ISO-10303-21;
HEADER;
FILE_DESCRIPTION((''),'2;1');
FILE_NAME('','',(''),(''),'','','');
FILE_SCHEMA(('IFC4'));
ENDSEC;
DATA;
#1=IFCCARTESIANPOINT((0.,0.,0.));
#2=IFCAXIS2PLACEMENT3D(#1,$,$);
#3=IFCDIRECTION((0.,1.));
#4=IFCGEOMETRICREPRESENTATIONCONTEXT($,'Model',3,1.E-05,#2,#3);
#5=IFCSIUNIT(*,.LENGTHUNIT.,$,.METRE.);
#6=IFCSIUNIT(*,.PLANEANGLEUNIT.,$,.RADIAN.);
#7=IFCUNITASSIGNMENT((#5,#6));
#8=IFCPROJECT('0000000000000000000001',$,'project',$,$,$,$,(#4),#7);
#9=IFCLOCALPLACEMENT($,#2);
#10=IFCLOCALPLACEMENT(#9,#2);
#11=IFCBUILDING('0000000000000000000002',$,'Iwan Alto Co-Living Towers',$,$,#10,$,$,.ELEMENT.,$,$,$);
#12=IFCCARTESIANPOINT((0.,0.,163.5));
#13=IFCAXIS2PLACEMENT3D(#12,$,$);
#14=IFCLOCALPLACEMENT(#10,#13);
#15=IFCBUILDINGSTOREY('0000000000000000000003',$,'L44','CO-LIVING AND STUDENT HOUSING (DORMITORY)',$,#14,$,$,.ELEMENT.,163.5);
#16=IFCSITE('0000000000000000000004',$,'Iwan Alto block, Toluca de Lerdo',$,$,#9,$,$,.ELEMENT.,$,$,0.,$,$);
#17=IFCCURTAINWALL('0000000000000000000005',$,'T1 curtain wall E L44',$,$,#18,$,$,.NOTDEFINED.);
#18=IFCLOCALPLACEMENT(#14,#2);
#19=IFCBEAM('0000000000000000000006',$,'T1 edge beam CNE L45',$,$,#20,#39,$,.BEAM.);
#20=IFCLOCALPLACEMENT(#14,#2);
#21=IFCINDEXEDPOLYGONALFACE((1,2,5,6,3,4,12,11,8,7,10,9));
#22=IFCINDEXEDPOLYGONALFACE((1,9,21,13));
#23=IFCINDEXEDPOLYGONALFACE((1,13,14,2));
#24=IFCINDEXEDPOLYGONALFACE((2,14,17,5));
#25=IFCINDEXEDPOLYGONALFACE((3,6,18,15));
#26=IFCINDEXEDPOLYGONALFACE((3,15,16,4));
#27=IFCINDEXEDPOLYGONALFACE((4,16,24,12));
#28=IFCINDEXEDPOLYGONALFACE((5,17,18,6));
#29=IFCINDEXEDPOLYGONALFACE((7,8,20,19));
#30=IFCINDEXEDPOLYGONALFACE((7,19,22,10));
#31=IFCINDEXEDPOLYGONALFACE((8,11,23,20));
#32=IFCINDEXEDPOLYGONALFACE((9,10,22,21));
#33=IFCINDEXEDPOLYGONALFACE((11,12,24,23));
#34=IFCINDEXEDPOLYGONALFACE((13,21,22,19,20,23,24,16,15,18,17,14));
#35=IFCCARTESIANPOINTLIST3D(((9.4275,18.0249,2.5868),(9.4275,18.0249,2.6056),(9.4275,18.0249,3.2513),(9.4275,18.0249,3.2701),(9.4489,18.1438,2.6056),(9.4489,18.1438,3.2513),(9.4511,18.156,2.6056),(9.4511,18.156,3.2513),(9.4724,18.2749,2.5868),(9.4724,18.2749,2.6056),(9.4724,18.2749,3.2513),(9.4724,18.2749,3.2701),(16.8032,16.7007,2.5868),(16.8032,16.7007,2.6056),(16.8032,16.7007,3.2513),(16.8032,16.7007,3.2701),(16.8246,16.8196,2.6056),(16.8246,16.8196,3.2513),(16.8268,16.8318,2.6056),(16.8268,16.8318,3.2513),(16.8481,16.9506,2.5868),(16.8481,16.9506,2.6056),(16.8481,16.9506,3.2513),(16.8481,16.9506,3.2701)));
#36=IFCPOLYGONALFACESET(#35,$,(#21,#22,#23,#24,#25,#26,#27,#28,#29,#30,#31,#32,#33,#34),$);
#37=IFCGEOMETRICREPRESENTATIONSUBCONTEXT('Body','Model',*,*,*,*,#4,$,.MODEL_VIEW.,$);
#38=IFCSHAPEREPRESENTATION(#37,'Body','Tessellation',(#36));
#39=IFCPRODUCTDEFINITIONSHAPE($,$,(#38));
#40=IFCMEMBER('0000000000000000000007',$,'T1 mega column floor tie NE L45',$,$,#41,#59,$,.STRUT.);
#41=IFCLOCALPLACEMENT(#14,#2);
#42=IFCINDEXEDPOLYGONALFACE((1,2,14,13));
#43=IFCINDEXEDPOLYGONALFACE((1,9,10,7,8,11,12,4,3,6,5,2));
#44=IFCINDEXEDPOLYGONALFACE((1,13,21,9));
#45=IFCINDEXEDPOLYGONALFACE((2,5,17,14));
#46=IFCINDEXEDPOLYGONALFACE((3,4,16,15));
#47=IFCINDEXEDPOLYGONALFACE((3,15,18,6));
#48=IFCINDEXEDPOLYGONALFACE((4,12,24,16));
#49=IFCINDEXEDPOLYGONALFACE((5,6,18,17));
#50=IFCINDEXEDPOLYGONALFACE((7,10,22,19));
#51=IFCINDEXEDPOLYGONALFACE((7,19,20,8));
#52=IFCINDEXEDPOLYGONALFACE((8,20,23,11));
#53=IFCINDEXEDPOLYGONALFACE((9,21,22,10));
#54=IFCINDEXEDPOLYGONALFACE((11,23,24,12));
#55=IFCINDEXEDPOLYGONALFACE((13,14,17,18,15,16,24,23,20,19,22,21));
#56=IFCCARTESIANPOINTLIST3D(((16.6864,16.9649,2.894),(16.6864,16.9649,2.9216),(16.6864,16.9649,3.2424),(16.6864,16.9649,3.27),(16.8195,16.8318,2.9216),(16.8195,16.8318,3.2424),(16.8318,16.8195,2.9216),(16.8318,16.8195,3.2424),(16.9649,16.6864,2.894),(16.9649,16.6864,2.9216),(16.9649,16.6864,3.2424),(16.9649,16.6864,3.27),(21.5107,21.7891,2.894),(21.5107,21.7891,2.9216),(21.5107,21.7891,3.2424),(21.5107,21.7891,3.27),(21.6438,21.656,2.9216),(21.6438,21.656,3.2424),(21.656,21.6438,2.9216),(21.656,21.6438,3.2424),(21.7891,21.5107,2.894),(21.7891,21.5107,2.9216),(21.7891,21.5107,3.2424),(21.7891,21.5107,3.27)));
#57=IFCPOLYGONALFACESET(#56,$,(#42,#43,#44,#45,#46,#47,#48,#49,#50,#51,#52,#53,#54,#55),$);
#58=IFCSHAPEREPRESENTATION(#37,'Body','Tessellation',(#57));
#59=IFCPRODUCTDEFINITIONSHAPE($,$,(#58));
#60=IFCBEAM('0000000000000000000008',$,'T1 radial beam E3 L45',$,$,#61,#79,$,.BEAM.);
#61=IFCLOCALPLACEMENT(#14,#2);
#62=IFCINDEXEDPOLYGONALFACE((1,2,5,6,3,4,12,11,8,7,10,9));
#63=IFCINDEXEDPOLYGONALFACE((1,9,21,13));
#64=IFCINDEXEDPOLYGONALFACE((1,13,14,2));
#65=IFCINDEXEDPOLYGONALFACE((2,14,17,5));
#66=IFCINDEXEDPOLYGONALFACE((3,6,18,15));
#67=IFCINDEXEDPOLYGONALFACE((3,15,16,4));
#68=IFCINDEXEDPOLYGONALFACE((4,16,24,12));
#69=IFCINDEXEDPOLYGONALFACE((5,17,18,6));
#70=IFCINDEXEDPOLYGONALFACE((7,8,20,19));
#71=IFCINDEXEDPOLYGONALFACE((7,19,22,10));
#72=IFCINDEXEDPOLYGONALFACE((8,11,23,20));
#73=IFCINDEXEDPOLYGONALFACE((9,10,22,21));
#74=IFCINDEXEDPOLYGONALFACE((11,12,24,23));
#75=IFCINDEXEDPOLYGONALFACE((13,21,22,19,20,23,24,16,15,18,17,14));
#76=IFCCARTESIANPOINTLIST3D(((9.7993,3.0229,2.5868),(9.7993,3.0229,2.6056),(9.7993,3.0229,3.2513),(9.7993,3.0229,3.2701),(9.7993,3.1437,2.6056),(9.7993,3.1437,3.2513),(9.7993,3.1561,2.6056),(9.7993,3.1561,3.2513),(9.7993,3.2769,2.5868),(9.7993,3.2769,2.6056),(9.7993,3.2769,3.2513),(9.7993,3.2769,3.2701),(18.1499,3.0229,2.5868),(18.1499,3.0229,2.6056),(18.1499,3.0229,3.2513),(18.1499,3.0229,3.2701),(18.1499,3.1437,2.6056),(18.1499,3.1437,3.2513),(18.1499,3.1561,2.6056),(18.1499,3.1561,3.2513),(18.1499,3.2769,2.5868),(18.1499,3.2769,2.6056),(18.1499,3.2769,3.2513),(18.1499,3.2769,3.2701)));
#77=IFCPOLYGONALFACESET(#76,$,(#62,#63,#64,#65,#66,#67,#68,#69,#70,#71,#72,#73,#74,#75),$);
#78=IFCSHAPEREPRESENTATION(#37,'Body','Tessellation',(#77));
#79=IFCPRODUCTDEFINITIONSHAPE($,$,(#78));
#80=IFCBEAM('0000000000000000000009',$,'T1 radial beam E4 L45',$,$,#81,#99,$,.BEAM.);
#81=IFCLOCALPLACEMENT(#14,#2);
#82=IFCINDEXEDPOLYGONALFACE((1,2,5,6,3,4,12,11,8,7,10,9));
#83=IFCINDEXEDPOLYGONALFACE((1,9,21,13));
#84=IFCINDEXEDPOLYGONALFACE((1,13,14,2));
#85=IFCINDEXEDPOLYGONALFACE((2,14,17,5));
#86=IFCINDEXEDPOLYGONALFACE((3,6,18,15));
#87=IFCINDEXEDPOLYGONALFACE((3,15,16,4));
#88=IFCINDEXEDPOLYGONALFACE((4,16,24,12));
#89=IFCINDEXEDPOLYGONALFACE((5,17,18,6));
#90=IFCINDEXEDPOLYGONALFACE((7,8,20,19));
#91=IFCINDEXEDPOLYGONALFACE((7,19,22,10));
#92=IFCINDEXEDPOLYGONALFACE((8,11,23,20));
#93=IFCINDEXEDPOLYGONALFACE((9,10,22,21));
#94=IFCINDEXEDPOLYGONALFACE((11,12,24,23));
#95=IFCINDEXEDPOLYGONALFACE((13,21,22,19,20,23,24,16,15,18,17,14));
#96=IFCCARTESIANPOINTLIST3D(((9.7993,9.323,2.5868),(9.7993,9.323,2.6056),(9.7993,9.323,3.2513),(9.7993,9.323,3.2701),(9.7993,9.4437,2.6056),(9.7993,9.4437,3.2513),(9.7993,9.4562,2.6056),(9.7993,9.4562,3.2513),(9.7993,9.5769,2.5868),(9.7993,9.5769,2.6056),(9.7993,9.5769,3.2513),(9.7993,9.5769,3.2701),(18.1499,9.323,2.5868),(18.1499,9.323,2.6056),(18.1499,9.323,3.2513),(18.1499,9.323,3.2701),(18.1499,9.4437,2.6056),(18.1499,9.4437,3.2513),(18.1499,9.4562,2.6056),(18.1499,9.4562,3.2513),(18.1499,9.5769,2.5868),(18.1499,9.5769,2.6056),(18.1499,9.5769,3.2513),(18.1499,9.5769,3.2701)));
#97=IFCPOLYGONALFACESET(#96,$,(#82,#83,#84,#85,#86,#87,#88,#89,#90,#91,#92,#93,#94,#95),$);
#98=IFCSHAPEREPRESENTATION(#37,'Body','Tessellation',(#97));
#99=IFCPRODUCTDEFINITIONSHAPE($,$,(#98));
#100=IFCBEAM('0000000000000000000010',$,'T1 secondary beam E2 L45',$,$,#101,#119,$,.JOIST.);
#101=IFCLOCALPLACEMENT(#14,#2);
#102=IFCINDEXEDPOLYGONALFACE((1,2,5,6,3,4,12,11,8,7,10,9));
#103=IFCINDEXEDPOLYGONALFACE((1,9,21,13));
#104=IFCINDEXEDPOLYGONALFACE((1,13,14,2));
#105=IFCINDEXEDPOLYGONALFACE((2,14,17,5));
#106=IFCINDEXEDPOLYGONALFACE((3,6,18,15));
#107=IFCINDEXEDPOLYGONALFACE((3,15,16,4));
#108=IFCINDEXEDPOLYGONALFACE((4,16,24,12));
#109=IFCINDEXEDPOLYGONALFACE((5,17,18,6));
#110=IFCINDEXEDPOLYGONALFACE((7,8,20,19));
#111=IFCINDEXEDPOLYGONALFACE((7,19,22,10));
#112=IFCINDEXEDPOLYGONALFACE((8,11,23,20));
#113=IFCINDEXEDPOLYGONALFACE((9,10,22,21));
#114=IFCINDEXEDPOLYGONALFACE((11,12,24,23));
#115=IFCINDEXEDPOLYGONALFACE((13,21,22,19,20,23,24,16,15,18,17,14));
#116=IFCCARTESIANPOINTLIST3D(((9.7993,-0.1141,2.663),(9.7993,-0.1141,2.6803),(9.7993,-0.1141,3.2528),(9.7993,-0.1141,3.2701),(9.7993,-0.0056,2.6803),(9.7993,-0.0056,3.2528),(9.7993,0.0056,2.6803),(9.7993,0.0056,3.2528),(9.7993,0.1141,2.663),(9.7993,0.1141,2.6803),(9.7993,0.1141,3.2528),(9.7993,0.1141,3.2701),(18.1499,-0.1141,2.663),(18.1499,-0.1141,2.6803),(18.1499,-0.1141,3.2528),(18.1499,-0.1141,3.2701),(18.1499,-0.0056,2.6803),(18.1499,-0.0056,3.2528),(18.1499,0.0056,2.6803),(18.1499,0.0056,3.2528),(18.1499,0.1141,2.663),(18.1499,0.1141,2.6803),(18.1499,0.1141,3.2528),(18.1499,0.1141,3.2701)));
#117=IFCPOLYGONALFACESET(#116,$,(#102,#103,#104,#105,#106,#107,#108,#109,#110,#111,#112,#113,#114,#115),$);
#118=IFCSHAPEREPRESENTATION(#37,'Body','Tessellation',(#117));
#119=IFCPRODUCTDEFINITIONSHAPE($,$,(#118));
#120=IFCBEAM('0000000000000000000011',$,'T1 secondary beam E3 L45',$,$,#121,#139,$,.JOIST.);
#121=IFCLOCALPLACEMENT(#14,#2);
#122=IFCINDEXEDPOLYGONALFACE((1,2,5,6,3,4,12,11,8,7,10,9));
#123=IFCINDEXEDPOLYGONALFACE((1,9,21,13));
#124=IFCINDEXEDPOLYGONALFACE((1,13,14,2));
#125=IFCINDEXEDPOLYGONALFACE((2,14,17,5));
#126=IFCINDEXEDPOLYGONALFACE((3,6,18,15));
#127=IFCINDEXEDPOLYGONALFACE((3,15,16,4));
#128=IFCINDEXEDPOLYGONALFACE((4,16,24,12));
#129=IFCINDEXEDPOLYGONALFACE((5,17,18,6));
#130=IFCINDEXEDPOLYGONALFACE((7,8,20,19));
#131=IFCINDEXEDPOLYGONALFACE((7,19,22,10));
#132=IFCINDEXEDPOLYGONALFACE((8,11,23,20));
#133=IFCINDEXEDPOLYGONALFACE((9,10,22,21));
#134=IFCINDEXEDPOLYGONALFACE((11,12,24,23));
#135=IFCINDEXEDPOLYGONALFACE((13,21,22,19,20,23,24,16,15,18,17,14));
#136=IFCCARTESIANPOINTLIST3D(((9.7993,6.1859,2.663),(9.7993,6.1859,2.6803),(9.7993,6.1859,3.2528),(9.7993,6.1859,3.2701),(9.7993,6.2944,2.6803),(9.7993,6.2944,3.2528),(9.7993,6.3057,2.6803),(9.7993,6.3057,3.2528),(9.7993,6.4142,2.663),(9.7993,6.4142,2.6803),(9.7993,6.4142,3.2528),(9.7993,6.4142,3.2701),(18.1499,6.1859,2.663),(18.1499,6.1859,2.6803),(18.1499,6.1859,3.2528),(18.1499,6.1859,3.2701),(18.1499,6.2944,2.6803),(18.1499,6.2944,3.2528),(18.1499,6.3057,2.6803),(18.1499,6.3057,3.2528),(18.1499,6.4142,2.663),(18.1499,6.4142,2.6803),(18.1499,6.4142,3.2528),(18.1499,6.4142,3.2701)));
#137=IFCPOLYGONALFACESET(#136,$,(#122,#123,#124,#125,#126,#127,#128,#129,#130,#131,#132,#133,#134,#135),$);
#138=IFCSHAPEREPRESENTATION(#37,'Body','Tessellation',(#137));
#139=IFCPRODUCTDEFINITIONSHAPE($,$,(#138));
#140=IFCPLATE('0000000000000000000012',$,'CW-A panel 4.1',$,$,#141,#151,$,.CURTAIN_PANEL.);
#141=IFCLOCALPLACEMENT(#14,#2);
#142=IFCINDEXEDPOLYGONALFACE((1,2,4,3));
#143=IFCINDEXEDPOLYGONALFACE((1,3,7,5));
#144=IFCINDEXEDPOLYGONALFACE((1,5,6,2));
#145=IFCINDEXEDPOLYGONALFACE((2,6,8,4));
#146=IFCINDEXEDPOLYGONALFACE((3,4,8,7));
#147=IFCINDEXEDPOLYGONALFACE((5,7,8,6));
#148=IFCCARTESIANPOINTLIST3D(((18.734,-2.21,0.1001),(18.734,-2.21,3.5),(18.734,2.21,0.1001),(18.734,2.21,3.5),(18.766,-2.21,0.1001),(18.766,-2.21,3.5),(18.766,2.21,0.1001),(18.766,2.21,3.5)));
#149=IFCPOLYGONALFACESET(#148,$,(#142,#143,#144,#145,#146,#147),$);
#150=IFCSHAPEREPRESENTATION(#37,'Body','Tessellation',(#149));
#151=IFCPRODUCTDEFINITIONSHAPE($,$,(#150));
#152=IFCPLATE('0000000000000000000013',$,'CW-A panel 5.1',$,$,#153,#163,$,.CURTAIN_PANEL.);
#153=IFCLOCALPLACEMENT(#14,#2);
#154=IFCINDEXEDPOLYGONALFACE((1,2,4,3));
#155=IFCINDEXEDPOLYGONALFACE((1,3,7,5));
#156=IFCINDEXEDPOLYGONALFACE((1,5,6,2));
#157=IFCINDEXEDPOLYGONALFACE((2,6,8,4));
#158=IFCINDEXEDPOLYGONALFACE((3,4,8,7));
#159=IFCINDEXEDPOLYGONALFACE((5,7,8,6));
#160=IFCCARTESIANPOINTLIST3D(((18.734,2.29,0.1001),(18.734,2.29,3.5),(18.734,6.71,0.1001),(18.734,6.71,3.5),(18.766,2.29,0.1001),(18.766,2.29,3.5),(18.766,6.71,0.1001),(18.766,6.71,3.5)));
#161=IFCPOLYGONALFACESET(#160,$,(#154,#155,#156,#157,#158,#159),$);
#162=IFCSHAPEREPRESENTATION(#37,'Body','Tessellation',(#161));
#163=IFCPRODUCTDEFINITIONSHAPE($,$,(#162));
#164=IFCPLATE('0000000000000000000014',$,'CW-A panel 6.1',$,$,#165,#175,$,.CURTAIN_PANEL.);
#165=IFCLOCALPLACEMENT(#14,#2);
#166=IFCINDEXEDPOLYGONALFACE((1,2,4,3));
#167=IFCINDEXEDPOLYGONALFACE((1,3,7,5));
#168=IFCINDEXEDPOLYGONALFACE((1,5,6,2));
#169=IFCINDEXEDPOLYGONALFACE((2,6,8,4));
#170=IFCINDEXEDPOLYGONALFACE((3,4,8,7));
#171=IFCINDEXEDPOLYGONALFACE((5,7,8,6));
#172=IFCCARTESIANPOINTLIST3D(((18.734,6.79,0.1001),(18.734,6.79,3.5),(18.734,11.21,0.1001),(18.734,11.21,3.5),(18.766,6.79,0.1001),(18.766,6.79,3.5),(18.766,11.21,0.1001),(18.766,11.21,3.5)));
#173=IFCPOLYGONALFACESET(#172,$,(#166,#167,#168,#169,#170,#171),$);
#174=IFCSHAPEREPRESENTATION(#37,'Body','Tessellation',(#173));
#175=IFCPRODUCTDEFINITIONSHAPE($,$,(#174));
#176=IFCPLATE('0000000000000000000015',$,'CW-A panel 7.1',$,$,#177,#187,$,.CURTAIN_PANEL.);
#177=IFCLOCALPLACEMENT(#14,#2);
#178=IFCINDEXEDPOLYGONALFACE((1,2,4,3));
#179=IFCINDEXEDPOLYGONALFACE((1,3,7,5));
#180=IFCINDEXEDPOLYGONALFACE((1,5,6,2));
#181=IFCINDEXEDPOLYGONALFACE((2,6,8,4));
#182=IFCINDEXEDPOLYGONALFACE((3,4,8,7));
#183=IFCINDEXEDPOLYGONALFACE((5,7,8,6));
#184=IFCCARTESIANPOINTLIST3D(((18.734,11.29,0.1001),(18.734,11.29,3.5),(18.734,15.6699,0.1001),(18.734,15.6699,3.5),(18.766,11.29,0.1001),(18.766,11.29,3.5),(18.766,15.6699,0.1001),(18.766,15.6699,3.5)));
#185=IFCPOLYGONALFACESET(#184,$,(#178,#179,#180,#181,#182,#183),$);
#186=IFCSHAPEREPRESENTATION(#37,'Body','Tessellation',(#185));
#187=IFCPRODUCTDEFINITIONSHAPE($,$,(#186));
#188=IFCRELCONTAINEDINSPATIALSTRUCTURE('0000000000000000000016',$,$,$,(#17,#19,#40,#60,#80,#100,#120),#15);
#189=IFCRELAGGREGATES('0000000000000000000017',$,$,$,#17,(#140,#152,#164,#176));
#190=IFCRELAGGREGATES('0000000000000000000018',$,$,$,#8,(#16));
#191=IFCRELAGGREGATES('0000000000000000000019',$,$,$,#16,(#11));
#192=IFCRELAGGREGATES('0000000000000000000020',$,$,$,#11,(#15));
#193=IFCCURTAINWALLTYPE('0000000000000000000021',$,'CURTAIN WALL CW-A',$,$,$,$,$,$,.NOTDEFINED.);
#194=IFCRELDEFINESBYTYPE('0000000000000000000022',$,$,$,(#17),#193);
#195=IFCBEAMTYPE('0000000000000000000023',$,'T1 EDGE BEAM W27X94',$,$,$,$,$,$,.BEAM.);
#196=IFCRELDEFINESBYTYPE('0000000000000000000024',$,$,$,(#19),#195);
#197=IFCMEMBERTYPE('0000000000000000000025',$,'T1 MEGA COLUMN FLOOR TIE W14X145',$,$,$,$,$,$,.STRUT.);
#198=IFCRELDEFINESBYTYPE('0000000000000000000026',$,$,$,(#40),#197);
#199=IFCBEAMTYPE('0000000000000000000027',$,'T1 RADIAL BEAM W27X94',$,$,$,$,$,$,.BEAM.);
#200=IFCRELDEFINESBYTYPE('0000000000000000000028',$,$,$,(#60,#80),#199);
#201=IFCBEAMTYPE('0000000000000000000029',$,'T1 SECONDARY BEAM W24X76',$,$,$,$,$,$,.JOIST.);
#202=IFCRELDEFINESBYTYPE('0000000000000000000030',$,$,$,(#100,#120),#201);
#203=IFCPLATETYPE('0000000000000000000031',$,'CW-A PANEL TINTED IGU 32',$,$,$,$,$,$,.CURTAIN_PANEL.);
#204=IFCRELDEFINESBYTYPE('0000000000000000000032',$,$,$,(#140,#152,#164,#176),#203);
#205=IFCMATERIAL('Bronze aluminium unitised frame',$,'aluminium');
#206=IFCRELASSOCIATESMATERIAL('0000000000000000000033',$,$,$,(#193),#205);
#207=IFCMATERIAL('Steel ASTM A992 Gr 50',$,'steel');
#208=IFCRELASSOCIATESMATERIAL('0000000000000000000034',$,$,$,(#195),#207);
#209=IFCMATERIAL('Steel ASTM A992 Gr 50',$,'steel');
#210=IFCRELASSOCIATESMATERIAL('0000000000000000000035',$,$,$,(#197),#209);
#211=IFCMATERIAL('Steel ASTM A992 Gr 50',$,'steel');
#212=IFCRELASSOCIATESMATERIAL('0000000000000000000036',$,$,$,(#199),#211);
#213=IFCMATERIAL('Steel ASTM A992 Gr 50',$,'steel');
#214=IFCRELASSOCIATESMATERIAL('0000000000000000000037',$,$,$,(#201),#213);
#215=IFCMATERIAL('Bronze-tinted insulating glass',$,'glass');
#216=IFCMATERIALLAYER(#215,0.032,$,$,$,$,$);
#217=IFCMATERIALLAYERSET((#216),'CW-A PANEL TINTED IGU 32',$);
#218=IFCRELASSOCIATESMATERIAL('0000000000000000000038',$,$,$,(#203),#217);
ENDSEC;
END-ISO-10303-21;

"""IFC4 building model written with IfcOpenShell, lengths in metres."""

from ifc_helpers import new_model, si_unit, direction, frame, origin, origin_2d, place, context, subcontext, project, spatial, rectangle, i_section, extrude, material, layer, layer_set, material_profile, profile_set, type_object, element, aggregate, save


model = new_model("IFC4")

# Units and contexts
model_context = context("Model", 3, precision=1e-05, world=origin(), true_north=direction((0.0, 1.0)))
body_context = subcontext(model_context, "Body", "Model", "MODEL_VIEW")
ifc_project = project(units=[si_unit("LENGTHUNIT", "METRE"), si_unit("PLANEANGLEUNIT", "RADIAN")], contexts=[model_context])

# Site, building, storey
site_placement = place(None, origin())
site = spatial("IfcSite", under=ifc_project, at=site_placement, Name="Iwan Alto block, Toluca de Lerdo", CompositionType="ELEMENT", RefElevation=0.0)
building_placement = place(site_placement, origin())
building = spatial("IfcBuilding", under=site, at=building_placement, Name="Iwan Alto Co-Living Towers", CompositionType="ELEMENT")
storey_placement = place(building_placement, frame((0.0, 0.0, 163.5)))
storey = spatial("IfcBuildingStorey", under=building, at=storey_placement, Name="L44", Description="CO-LIVING AND STUDENT HOUSING (DORMITORY)", CompositionType="ELEMENT", Elevation=163.5)

# Curtain wall
ifc_material_1 = material(Name="Bronze aluminium unitised frame", Category="aluminium")
curtain_wall_type_1 = type_object("IfcCurtainWallType", Name="CURTAIN WALL CW-A", PredefinedType="NOTDEFINED", material=ifc_material_1)
curtain_wall_1_placement = place(storey_placement, origin())
curtain_wall_1 = element("IfcCurtainWall", 1, at=curtain_wall_1_placement, inside=storey, type_object=curtain_wall_type_1, Name="T1 curtain wall E L44", PredefinedType="NOTDEFINED")

# Beam
ifc_material_2 = material(Name="Steel ASTM A992 Gr 50", Category="steel")
ifc_material_profile_1 = material_profile(ifc_material_2, i_section(OverallWidth=0.2539, OverallDepth=0.6833, WebThickness=0.0125, FlangeThickness=0.0188, at=origin_2d()), Name="W27X94")
ifc_profile_set_1 = profile_set([ifc_material_profile_1], Name="Steel ASTM A992 Gr 50")
beam_type_1 = type_object("IfcBeamType", Name="T1 EDGE BEAM W27X94", PredefinedType="BEAM", material=ifc_profile_set_1)
for number, where, z_axis, x_axis, name in (
    (2, (16.8257, 16.8257, 2.9285), (-0.984263, 0.176712, 0.0), (-0.176712, -0.984263, 0.0), "T1 edge beam CNE L45"),
):
    element("IfcBeam", number, at=place(storey_placement, frame(where, z_axis=z_axis, x_axis=x_axis)), inside=storey, type_object=beam_type_1, Name=name, PredefinedType="BEAM", context=body_context, shape_type="SweptSolid", body=[
        extrude(i_section(OverallWidth=0.2539, OverallDepth=0.6833, WebThickness=0.0125, FlangeThickness=0.0188, at=origin_2d()), origin(), (0.0, 0.0, 1.0), 7.4937),
    ])

# Member
ifc_material_3 = material(Name="Steel ASTM A992 Gr 50", Category="steel")
ifc_material_profile_2 = material_profile(ifc_material_3, i_section(OverallWidth=0.3938, OverallDepth=0.376, WebThickness=0.0173, FlangeThickness=0.0276, at=origin_2d()), Name="W14X145")
ifc_profile_set_2 = profile_set([ifc_material_profile_2], Name="Steel ASTM A992 Gr 50")
member_type_1 = type_object("IfcMemberType", Name="T1 MEGA COLUMN FLOOR TIE W14X145", PredefinedType="STRUT", material=ifc_profile_set_2)
member_1_placement = place(storey_placement, frame((21.6499, 21.6499, 3.082), z_axis=(-0.707107, -0.707107, 0.0), x_axis=(0.707107, -0.707107, 0.0)))
element("IfcMember", 3, at=member_1_placement, inside=storey, type_object=member_type_1, Name="T1 mega column floor tie NE L45", PredefinedType="STRUT", context=body_context, shape_type="SweptSolid", body=[
    extrude(i_section(OverallWidth=0.3938, OverallDepth=0.376, WebThickness=0.0173, FlangeThickness=0.0276, at=origin_2d()), origin(), (0.0, 0.0, 1.0), 6.8225),
])

# Beams
ifc_material_4 = material(Name="Steel ASTM A992 Gr 50", Category="steel")
ifc_material_profile_3 = material_profile(ifc_material_4, i_section(OverallWidth=0.2539, OverallDepth=0.6833, WebThickness=0.0125, FlangeThickness=0.0188, at=origin_2d()), Name="W27X94")
ifc_profile_set_3 = profile_set([ifc_material_profile_3], Name="Steel ASTM A992 Gr 50")
beam_type_2 = type_object("IfcBeamType", Name="T1 RADIAL BEAM W27X94", PredefinedType="BEAM", material=ifc_profile_set_3)
for number, where, z_axis, x_axis, name in (
    (4, (18.1499, 3.1499, 2.9285), (-1.0, 0.0, 0.0), (0.0, -1.0, 0.0), "T1 radial beam E3 L45"),
    (5, (18.1499, 9.45, 2.9285), (-1.0, 0.0, 0.0), (0.0, -1.0, 0.0), "T1 radial beam E4 L45"),
):
    element("IfcBeam", number, at=place(storey_placement, frame(where, z_axis=z_axis, x_axis=x_axis)), inside=storey, type_object=beam_type_2, Name=name, PredefinedType="BEAM", context=body_context, shape_type="SweptSolid", body=[
        extrude(i_section(OverallWidth=0.2539, OverallDepth=0.6833, WebThickness=0.0125, FlangeThickness=0.0188, at=origin_2d()), origin(), (0.0, 0.0, 1.0), 8.3506),
    ])
ifc_material_5 = material(Name="Steel ASTM A992 Gr 50", Category="steel")
ifc_material_profile_4 = material_profile(ifc_material_5, i_section(OverallWidth=0.2283, OverallDepth=0.6072, WebThickness=0.0112, FlangeThickness=0.0173, at=origin_2d()), Name="W24X76")
ifc_profile_set_4 = profile_set([ifc_material_profile_4], Name="Steel ASTM A992 Gr 50")
beam_type_3 = type_object("IfcBeamType", Name="T1 SECONDARY BEAM W24X76", PredefinedType="JOIST", material=ifc_profile_set_4)
for number, where, z_axis, x_axis, name in (
    (6, (18.1499, 0.0, 2.9666), (-1.0, 0.0, 0.0), (0.0, -1.0, 0.0), "T1 secondary beam E2 L45"),
    (7, (18.1499, 6.3, 2.9666), (-1.0, 0.0, 0.0), (0.0, -1.0, 0.0), "T1 secondary beam E3 L45"),
):
    element("IfcBeam", number, at=place(storey_placement, frame(where, z_axis=z_axis, x_axis=x_axis)), inside=storey, type_object=beam_type_3, Name=name, PredefinedType="JOIST", context=body_context, shape_type="SweptSolid", body=[
        extrude(i_section(OverallWidth=0.2283, OverallDepth=0.6072, WebThickness=0.0112, FlangeThickness=0.0173, at=origin_2d()), origin(), (0.0, 0.0, 1.0), 8.3506),
    ])

# Plates
ifc_material_6 = material(Name="Bronze-tinted insulating glass", Category="glass")
ifc_layer_1 = layer(ifc_material_6, 0.032)
ifc_layer_set_1 = layer_set([ifc_layer_1], Name="CW-A PANEL TINTED IGU 32")
plate_type_1 = type_object("IfcPlateType", Name="CW-A PANEL TINTED IGU 32", PredefinedType="CURTAIN_PANEL", material=ifc_layer_set_1)
plate_1_placement = place(storey_placement, frame((18.75, 0.0, 0.1001), z_axis=(0.0, 0.0, 1.0), x_axis=(0.0, 1.0, 0.0)))
plate_1 = element("IfcPlate", 8, at=plate_1_placement, type_object=plate_type_1, Name="CW-A panel 4.1", PredefinedType="CURTAIN_PANEL", context=body_context, shape_type="SweptSolid", body=[
    extrude(rectangle(XDim=4.4199, YDim=0.032, at=origin_2d()), origin(), (0.0, 0.0, 1.0), 3.3999),
])
plate_2_placement = place(storey_placement, frame((18.75, 4.5, 0.1001), z_axis=(0.0, 0.0, 1.0), x_axis=(0.0, 1.0, 0.0)))
plate_2 = element("IfcPlate", 9, at=plate_2_placement, type_object=plate_type_1, Name="CW-A panel 5.1", PredefinedType="CURTAIN_PANEL", context=body_context, shape_type="SweptSolid", body=[
    extrude(rectangle(XDim=4.4199, YDim=0.032, at=origin_2d()), origin(), (0.0, 0.0, 1.0), 3.3999),
])
plate_3_placement = place(storey_placement, frame((18.75, 9.0, 0.1001), z_axis=(0.0, 0.0, 1.0), x_axis=(0.0, 1.0, 0.0)))
plate_3 = element("IfcPlate", 10, at=plate_3_placement, type_object=plate_type_1, Name="CW-A panel 6.1", PredefinedType="CURTAIN_PANEL", context=body_context, shape_type="SweptSolid", body=[
    extrude(rectangle(XDim=4.4199, YDim=0.032, at=origin_2d()), origin(), (0.0, 0.0, 1.0), 3.3999),
])
plate_4_placement = place(storey_placement, frame((18.75, 13.48, 0.1001), z_axis=(0.0, 0.0, 1.0), x_axis=(0.0, 1.0, 0.0)))
plate_4 = element("IfcPlate", 11, at=plate_4_placement, type_object=plate_type_1, Name="CW-A panel 7.1", PredefinedType="CURTAIN_PANEL", context=body_context, shape_type="SweptSolid", body=[
    extrude(rectangle(XDim=4.3799, YDim=0.032, at=origin_2d()), origin(), (0.0, 0.0, 1.0), 3.3999),
])
aggregate(curtain_wall_1, [plate_1, plate_2, plate_3, plate_4])

save(model, "model.ifc")
